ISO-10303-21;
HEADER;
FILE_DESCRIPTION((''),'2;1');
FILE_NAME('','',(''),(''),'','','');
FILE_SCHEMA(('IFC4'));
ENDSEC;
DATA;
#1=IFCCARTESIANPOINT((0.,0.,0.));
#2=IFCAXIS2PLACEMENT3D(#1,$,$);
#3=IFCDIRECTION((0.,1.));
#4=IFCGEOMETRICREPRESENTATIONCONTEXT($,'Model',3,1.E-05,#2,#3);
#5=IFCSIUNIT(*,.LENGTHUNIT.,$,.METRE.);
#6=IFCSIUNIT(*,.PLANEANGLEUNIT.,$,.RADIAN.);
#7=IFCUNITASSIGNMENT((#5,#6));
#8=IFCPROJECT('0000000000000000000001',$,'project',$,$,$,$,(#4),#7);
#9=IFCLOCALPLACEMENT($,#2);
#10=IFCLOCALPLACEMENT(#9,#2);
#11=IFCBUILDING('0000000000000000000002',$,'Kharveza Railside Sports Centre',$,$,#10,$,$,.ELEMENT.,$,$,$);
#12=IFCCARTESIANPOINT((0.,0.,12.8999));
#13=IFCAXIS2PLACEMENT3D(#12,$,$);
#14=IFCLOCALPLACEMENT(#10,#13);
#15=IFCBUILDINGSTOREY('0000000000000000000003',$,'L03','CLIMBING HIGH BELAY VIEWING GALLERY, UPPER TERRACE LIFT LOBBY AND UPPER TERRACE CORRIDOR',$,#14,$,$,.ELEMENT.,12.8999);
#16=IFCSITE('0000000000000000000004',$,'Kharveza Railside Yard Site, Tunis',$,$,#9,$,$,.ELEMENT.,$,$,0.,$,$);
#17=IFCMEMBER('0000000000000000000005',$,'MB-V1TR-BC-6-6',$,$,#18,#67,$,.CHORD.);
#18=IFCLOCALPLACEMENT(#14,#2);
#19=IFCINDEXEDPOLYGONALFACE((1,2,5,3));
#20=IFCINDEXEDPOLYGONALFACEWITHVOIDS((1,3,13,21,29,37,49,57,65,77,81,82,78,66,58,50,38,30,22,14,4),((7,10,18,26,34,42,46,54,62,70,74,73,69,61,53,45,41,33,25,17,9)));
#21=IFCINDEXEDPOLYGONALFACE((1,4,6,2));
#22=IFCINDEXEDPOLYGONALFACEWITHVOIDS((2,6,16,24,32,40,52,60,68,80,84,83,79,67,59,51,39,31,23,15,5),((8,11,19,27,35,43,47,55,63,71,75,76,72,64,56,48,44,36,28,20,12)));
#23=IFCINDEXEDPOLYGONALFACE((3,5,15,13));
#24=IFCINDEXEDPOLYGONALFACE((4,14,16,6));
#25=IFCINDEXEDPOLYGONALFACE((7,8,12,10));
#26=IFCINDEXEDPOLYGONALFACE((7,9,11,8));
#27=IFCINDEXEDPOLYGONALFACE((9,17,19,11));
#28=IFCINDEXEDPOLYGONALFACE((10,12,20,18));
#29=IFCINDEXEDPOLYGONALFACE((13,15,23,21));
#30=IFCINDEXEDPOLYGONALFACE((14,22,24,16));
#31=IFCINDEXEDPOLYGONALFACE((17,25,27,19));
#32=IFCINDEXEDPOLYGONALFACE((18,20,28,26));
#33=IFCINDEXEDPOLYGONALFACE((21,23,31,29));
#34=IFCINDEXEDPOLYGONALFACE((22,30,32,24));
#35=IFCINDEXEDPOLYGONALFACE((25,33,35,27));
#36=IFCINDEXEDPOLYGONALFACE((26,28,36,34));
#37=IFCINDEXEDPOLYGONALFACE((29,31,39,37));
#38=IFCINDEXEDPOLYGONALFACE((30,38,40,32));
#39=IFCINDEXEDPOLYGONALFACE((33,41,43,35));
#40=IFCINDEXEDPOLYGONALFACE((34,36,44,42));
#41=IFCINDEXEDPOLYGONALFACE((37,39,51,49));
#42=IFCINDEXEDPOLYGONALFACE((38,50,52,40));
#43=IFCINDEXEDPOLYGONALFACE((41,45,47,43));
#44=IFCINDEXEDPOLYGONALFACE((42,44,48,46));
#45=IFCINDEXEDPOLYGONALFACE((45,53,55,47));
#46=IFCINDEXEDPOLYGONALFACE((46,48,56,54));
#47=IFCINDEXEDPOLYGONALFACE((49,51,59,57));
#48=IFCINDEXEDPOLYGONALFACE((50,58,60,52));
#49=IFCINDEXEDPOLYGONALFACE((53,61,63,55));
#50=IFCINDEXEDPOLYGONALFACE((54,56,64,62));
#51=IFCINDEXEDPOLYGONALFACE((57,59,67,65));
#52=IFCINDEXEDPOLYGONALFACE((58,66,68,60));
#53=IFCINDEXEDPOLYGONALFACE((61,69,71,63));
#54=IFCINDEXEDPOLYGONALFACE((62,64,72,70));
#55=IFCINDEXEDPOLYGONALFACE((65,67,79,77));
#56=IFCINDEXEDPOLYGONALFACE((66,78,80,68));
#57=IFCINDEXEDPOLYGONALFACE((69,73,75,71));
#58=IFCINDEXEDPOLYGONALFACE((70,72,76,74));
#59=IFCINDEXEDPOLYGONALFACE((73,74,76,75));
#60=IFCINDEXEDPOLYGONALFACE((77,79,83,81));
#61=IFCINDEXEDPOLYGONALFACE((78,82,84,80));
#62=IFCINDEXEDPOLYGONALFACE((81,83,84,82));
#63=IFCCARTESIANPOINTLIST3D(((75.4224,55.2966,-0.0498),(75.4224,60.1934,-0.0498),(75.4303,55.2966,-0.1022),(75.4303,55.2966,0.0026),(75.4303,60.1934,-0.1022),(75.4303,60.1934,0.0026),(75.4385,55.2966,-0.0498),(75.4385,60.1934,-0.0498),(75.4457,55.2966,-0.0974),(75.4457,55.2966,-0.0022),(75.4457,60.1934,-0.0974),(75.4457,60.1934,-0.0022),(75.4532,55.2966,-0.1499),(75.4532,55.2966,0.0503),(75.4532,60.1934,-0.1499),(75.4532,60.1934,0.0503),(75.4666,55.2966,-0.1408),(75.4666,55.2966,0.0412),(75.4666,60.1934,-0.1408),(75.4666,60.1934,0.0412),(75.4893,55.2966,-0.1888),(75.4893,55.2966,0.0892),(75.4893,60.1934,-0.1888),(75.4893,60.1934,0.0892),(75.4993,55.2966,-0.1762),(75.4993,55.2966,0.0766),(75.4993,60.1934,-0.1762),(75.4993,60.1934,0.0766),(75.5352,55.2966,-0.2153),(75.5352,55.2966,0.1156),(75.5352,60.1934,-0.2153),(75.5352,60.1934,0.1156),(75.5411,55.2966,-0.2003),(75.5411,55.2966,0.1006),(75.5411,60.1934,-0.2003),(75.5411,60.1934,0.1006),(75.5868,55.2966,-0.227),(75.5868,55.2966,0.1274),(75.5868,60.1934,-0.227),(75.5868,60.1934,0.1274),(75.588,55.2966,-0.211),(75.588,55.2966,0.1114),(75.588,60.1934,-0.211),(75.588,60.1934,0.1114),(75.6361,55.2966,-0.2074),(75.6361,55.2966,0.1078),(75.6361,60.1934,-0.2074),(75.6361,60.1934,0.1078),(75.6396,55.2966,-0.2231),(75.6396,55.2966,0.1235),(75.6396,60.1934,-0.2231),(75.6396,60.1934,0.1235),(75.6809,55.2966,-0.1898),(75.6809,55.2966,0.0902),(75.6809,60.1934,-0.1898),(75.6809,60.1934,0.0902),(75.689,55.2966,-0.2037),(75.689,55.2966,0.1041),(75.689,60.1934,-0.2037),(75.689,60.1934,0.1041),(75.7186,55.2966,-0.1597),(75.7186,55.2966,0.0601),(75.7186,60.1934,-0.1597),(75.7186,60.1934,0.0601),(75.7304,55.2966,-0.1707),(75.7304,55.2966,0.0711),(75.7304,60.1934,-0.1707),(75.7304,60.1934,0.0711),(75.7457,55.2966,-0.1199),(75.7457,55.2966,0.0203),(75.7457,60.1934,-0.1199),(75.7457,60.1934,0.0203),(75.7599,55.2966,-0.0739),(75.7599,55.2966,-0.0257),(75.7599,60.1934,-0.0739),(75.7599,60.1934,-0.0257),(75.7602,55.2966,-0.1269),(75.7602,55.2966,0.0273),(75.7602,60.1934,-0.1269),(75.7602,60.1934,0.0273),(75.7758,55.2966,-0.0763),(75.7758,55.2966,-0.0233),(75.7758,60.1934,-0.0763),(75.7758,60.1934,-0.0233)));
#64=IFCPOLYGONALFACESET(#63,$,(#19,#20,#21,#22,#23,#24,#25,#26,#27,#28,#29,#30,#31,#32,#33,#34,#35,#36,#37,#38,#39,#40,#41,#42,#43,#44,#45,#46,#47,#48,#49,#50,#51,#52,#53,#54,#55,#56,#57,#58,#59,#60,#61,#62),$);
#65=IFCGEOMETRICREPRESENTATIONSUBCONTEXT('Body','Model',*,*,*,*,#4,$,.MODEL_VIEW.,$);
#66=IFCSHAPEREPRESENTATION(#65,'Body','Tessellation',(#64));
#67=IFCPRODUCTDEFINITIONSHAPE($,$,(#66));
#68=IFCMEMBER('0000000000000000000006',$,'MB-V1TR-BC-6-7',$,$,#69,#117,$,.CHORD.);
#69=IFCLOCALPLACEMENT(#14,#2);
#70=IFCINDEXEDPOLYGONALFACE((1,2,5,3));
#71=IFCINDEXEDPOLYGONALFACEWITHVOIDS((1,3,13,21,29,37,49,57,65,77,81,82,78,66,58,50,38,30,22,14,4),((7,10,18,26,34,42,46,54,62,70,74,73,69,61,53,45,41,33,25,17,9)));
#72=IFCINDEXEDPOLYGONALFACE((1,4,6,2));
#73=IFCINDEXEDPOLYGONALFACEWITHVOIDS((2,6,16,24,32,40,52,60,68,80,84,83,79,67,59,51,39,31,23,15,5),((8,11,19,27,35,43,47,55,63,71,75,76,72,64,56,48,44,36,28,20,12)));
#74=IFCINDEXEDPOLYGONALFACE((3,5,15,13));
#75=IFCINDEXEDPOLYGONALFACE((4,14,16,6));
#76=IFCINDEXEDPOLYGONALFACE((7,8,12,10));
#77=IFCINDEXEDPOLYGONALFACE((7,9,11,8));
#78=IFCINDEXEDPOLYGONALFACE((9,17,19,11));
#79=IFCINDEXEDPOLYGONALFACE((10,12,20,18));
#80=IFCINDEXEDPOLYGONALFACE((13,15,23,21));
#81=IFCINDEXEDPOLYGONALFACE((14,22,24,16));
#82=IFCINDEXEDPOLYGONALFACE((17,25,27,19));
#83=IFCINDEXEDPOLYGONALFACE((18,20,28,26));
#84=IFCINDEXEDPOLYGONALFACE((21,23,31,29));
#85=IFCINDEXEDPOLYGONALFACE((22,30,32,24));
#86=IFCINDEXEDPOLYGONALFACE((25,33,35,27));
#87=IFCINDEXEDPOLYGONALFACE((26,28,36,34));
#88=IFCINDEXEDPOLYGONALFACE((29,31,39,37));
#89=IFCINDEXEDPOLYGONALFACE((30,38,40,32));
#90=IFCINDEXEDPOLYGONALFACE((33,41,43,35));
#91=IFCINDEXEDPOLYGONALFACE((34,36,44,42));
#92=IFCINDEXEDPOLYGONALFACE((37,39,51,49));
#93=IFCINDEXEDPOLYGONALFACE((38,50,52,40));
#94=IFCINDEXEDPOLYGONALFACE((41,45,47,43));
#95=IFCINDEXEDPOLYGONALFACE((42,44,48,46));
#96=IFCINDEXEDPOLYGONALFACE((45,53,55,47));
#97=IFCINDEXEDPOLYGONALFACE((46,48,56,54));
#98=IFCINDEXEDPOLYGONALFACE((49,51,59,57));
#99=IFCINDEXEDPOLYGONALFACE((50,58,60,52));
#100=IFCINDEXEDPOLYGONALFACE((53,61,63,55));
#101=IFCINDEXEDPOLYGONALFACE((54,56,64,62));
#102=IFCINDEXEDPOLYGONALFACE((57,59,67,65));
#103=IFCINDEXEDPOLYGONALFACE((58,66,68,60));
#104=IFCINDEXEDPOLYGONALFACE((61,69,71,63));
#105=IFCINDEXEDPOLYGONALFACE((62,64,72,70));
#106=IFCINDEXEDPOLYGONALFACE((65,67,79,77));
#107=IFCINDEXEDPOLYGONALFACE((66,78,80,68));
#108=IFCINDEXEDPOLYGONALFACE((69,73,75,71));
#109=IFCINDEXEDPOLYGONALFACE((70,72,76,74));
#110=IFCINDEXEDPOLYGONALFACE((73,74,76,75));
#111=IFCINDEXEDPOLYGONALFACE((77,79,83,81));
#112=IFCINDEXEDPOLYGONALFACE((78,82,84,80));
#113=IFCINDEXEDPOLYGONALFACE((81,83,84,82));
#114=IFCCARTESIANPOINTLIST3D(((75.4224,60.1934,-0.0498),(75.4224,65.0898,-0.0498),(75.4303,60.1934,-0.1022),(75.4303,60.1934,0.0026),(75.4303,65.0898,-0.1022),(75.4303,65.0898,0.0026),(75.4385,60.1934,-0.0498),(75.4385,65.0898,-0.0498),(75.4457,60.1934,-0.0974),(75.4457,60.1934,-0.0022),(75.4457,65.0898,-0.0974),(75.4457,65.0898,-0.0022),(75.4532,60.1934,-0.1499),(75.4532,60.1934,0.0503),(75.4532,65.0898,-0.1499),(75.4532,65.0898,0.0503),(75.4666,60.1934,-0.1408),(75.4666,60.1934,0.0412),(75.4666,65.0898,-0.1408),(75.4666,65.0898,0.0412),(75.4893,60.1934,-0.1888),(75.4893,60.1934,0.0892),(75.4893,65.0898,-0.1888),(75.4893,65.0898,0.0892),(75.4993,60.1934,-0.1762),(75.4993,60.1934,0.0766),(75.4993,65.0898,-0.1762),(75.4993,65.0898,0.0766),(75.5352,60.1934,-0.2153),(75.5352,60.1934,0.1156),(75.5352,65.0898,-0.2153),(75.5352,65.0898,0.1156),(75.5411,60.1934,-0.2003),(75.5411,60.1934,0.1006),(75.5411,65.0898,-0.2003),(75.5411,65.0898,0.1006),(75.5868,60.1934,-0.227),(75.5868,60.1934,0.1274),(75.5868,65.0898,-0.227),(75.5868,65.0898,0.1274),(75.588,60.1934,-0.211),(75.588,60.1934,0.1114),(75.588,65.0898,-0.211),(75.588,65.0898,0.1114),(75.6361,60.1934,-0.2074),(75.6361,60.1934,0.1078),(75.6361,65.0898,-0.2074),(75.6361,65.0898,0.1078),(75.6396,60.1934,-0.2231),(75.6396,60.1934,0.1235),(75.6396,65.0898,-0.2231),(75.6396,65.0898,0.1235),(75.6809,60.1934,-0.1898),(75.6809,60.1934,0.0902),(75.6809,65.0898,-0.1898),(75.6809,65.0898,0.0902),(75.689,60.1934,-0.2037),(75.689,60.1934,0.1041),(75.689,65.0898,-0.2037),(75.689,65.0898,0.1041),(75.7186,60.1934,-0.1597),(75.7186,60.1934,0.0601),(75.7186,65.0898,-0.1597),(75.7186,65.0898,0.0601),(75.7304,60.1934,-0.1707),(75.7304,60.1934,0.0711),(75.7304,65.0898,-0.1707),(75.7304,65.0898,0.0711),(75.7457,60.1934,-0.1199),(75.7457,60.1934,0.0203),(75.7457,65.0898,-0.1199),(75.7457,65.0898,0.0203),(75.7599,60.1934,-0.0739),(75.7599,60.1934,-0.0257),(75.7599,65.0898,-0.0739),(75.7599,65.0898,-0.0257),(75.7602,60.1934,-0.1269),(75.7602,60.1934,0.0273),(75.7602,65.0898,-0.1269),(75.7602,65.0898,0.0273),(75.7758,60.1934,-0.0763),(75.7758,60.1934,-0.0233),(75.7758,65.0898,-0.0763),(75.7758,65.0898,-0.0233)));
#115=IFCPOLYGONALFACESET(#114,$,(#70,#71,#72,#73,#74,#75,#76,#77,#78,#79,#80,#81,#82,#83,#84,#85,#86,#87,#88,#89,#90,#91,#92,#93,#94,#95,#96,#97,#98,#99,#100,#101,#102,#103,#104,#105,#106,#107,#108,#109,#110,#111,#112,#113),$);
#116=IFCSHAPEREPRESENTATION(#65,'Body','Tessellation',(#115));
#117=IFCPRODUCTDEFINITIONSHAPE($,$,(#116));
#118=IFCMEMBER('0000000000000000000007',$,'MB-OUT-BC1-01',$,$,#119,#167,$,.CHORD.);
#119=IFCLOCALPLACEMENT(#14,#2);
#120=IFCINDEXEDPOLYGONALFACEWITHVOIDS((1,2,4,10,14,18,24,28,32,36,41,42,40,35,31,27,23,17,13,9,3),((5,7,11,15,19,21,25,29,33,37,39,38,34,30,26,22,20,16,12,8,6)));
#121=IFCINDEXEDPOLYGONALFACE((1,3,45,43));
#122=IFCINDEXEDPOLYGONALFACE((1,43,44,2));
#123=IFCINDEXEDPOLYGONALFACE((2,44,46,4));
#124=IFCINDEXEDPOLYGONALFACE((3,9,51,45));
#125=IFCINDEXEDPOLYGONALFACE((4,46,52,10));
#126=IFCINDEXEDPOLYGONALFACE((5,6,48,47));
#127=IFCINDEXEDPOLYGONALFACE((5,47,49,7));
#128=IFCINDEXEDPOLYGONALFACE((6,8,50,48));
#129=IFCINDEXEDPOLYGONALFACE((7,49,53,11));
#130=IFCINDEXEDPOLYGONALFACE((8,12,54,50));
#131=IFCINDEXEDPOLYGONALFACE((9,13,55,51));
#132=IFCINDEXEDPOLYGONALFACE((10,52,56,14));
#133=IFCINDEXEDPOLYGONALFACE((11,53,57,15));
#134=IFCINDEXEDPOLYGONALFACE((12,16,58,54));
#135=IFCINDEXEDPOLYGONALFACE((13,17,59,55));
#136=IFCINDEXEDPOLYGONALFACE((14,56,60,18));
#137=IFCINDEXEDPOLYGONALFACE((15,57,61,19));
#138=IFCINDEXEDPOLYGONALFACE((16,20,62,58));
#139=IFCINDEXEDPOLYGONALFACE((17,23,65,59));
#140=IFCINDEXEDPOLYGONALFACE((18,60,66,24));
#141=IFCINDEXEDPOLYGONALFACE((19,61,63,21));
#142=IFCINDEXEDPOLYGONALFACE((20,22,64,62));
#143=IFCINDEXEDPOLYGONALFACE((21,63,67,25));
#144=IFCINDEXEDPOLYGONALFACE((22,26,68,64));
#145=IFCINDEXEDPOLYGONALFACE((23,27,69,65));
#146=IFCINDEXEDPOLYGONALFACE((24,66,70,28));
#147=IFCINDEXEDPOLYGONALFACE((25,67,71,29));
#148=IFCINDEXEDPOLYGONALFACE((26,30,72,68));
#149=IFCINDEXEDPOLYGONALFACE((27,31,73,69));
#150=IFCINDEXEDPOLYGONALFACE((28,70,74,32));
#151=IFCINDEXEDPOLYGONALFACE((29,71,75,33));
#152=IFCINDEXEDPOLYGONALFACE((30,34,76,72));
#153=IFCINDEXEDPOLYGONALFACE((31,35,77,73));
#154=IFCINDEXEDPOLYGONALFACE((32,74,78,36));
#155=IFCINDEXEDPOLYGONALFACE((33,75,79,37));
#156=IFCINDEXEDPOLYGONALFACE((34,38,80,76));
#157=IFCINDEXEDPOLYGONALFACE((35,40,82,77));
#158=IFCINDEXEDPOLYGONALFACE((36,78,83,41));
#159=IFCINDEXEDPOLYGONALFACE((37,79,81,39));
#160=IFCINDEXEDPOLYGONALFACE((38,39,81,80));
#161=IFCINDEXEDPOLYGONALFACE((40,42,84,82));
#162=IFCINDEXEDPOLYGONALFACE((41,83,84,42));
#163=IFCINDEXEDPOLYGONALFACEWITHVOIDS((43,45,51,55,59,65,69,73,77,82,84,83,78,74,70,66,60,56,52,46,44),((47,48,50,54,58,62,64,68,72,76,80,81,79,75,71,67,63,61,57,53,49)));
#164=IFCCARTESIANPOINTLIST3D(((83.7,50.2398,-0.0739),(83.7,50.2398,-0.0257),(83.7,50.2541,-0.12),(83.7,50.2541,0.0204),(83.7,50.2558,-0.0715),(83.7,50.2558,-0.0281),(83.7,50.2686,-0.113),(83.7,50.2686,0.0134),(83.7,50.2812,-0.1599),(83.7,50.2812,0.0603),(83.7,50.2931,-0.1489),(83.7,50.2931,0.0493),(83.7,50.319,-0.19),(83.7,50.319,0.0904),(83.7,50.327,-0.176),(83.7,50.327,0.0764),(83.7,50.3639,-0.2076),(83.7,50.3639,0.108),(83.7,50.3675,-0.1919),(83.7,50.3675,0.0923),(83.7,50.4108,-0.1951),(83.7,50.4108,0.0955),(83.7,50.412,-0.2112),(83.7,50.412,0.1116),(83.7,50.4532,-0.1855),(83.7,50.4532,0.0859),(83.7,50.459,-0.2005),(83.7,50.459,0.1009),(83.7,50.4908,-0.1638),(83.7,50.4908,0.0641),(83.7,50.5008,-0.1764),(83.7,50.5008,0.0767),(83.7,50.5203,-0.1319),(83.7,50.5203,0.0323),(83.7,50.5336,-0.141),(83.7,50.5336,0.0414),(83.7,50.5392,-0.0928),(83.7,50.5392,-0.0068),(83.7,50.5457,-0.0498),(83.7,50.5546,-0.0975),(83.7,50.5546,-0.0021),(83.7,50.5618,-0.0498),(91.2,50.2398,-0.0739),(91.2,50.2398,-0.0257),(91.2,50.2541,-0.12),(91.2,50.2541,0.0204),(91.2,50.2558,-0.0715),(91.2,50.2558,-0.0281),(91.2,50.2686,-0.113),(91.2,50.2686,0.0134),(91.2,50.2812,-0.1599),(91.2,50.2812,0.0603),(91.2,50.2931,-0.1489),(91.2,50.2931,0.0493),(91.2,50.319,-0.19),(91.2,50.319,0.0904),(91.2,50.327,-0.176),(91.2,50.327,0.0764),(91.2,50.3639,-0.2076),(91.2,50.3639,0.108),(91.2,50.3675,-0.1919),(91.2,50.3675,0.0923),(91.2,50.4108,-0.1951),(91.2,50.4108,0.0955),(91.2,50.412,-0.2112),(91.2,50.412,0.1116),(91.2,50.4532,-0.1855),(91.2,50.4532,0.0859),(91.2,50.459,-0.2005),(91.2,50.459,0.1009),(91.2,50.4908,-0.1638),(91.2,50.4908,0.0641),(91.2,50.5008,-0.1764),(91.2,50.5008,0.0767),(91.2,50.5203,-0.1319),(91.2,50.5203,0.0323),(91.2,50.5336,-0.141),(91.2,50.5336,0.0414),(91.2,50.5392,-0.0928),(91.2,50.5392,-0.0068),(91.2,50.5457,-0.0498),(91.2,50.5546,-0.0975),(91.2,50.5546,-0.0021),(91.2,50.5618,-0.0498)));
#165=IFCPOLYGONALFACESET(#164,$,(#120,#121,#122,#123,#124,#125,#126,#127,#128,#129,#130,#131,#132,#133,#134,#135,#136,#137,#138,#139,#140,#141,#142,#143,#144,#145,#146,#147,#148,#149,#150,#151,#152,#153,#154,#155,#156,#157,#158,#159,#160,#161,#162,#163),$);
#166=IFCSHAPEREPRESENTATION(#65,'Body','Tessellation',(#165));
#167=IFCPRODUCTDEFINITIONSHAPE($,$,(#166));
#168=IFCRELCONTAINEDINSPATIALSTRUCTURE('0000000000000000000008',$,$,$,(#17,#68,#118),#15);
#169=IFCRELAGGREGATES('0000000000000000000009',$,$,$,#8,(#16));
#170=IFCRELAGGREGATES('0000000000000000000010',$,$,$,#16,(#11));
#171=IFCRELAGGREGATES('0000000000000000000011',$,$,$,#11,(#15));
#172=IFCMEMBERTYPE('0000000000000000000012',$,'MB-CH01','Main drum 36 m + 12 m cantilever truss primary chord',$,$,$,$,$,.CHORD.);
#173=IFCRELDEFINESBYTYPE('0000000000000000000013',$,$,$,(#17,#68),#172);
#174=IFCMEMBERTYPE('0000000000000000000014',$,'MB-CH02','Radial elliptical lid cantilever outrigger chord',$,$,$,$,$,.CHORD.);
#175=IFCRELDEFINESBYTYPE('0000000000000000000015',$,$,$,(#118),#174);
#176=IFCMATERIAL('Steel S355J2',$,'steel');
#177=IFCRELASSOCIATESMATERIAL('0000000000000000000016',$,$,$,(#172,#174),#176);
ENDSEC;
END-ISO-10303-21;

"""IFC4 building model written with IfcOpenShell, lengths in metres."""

from ifc_helpers import new_model, si_unit, direction, frame, origin, origin_2d, place, context, subcontext, project, spatial, hollow_circle, extrude, material, material_profile, profile_set, type_object, element, save


model = new_model("IFC4")

# Units and contexts
model_context = context("Model", 3, precision=1e-05, world=origin(), true_north=direction((0.0, 1.0)))
body_context = subcontext(model_context, "Body", "Model", "MODEL_VIEW")
ifc_project = project(units=[si_unit("LENGTHUNIT", "METRE"), si_unit("PLANEANGLEUNIT", "RADIAN")], contexts=[model_context])

# Site, building, storey
site_placement = place(None, origin())
site = spatial("IfcSite", under=ifc_project, at=site_placement, Name="Kharveza Railside Yard Site, Tunis", CompositionType="ELEMENT", RefElevation=0.0)
building_placement = place(site_placement, origin())
building = spatial("IfcBuilding", under=site, at=building_placement, Name="Kharveza Railside Sports Centre", CompositionType="ELEMENT")
storey_placement = place(building_placement, frame((0.0, 0.0, 12.8999)))
storey = spatial("IfcBuildingStorey", under=building, at=storey_placement, Name="L03", Description="CLIMBING HIGH BELAY VIEWING GALLERY, UPPER TERRACE LIFT LOBBY AND UPPER TERRACE CORRIDOR", CompositionType="ELEMENT", Elevation=12.8999)

# Shared definitions
ifc_material_1 = material(Name="Steel S355J2", Category="steel")

# Members
ifc_material_profile_1 = material_profile(ifc_material_1, hollow_circle(Radius=0.1777, WallThickness=0.0161, at=origin_2d()), Name="CHS 355.6x16.0")
ifc_profile_set_1 = profile_set([ifc_material_profile_1], Name="Steel S355J2")
member_type_1 = type_object("IfcMemberType", Name="MB-CH01", Description="Main drum 36 m + 12 m cantilever truss primary chord", PredefinedType="CHORD", material=ifc_profile_set_1)
for number, where, z_axis, x_axis, name in (
    (1, (75.6001, 55.2966, -0.0498), (0.0, 1.0, 0.0), (-1.0, 0.0, 0.0), "MB-V1TR-BC-6-6"),
):
    element("IfcMember", number, at=place(storey_placement, frame(where, z_axis=z_axis, x_axis=x_axis)), inside=storey, type_object=member_type_1, Name=name, PredefinedType="CHORD", context=body_context, shape_type="SweptSolid", body=[
        extrude(hollow_circle(Radius=0.1777, WallThickness=0.0161, at=origin_2d()), origin(), (0.0, 0.0, 1.0), 4.8967),
    ])
member_1_placement = place(storey_placement, frame((75.6001, 60.1934, -0.0498), z_axis=(0.0, 1.0, 0.0), x_axis=(-1.0, 0.0, 0.0)))
element("IfcMember", 2, at=member_1_placement, inside=storey, type_object=member_type_1, Name="MB-V1TR-BC-6-7", PredefinedType="CHORD", context=body_context, shape_type="SweptSolid", body=[
    extrude(hollow_circle(Radius=0.1777, WallThickness=0.0161, at=origin_2d()), origin(), (0.0, 0.0, 1.0), 4.8965),
])
ifc_material_profile_2 = material_profile(ifc_material_1, hollow_circle(Radius=0.1619, WallThickness=0.0161, at=origin_2d()), Name="CHS 323.9x16.0")
ifc_profile_set_2 = profile_set([ifc_material_profile_2], Name="Steel S355J2")
member_type_2 = type_object("IfcMemberType", Name="MB-CH02", Description="Radial elliptical lid cantilever outrigger chord", PredefinedType="CHORD", material=ifc_profile_set_2)
member_2_placement = place(storey_placement, frame((83.7, 50.3999, -0.0498), z_axis=(1.0, 0.0, 0.0), x_axis=(0.0, 1.0, 0.0)))
element("IfcMember", 3, at=member_2_placement, inside=storey, type_object=member_type_2, Name="MB-OUT-BC1-01", PredefinedType="CHORD", context=body_context, shape_type="SweptSolid", body=[
    extrude(hollow_circle(Radius=0.1619, WallThickness=0.0161, at=origin_2d()), origin(), (0.0, 0.0, 1.0), 7.5),
])

save(model, "model.ifc")
